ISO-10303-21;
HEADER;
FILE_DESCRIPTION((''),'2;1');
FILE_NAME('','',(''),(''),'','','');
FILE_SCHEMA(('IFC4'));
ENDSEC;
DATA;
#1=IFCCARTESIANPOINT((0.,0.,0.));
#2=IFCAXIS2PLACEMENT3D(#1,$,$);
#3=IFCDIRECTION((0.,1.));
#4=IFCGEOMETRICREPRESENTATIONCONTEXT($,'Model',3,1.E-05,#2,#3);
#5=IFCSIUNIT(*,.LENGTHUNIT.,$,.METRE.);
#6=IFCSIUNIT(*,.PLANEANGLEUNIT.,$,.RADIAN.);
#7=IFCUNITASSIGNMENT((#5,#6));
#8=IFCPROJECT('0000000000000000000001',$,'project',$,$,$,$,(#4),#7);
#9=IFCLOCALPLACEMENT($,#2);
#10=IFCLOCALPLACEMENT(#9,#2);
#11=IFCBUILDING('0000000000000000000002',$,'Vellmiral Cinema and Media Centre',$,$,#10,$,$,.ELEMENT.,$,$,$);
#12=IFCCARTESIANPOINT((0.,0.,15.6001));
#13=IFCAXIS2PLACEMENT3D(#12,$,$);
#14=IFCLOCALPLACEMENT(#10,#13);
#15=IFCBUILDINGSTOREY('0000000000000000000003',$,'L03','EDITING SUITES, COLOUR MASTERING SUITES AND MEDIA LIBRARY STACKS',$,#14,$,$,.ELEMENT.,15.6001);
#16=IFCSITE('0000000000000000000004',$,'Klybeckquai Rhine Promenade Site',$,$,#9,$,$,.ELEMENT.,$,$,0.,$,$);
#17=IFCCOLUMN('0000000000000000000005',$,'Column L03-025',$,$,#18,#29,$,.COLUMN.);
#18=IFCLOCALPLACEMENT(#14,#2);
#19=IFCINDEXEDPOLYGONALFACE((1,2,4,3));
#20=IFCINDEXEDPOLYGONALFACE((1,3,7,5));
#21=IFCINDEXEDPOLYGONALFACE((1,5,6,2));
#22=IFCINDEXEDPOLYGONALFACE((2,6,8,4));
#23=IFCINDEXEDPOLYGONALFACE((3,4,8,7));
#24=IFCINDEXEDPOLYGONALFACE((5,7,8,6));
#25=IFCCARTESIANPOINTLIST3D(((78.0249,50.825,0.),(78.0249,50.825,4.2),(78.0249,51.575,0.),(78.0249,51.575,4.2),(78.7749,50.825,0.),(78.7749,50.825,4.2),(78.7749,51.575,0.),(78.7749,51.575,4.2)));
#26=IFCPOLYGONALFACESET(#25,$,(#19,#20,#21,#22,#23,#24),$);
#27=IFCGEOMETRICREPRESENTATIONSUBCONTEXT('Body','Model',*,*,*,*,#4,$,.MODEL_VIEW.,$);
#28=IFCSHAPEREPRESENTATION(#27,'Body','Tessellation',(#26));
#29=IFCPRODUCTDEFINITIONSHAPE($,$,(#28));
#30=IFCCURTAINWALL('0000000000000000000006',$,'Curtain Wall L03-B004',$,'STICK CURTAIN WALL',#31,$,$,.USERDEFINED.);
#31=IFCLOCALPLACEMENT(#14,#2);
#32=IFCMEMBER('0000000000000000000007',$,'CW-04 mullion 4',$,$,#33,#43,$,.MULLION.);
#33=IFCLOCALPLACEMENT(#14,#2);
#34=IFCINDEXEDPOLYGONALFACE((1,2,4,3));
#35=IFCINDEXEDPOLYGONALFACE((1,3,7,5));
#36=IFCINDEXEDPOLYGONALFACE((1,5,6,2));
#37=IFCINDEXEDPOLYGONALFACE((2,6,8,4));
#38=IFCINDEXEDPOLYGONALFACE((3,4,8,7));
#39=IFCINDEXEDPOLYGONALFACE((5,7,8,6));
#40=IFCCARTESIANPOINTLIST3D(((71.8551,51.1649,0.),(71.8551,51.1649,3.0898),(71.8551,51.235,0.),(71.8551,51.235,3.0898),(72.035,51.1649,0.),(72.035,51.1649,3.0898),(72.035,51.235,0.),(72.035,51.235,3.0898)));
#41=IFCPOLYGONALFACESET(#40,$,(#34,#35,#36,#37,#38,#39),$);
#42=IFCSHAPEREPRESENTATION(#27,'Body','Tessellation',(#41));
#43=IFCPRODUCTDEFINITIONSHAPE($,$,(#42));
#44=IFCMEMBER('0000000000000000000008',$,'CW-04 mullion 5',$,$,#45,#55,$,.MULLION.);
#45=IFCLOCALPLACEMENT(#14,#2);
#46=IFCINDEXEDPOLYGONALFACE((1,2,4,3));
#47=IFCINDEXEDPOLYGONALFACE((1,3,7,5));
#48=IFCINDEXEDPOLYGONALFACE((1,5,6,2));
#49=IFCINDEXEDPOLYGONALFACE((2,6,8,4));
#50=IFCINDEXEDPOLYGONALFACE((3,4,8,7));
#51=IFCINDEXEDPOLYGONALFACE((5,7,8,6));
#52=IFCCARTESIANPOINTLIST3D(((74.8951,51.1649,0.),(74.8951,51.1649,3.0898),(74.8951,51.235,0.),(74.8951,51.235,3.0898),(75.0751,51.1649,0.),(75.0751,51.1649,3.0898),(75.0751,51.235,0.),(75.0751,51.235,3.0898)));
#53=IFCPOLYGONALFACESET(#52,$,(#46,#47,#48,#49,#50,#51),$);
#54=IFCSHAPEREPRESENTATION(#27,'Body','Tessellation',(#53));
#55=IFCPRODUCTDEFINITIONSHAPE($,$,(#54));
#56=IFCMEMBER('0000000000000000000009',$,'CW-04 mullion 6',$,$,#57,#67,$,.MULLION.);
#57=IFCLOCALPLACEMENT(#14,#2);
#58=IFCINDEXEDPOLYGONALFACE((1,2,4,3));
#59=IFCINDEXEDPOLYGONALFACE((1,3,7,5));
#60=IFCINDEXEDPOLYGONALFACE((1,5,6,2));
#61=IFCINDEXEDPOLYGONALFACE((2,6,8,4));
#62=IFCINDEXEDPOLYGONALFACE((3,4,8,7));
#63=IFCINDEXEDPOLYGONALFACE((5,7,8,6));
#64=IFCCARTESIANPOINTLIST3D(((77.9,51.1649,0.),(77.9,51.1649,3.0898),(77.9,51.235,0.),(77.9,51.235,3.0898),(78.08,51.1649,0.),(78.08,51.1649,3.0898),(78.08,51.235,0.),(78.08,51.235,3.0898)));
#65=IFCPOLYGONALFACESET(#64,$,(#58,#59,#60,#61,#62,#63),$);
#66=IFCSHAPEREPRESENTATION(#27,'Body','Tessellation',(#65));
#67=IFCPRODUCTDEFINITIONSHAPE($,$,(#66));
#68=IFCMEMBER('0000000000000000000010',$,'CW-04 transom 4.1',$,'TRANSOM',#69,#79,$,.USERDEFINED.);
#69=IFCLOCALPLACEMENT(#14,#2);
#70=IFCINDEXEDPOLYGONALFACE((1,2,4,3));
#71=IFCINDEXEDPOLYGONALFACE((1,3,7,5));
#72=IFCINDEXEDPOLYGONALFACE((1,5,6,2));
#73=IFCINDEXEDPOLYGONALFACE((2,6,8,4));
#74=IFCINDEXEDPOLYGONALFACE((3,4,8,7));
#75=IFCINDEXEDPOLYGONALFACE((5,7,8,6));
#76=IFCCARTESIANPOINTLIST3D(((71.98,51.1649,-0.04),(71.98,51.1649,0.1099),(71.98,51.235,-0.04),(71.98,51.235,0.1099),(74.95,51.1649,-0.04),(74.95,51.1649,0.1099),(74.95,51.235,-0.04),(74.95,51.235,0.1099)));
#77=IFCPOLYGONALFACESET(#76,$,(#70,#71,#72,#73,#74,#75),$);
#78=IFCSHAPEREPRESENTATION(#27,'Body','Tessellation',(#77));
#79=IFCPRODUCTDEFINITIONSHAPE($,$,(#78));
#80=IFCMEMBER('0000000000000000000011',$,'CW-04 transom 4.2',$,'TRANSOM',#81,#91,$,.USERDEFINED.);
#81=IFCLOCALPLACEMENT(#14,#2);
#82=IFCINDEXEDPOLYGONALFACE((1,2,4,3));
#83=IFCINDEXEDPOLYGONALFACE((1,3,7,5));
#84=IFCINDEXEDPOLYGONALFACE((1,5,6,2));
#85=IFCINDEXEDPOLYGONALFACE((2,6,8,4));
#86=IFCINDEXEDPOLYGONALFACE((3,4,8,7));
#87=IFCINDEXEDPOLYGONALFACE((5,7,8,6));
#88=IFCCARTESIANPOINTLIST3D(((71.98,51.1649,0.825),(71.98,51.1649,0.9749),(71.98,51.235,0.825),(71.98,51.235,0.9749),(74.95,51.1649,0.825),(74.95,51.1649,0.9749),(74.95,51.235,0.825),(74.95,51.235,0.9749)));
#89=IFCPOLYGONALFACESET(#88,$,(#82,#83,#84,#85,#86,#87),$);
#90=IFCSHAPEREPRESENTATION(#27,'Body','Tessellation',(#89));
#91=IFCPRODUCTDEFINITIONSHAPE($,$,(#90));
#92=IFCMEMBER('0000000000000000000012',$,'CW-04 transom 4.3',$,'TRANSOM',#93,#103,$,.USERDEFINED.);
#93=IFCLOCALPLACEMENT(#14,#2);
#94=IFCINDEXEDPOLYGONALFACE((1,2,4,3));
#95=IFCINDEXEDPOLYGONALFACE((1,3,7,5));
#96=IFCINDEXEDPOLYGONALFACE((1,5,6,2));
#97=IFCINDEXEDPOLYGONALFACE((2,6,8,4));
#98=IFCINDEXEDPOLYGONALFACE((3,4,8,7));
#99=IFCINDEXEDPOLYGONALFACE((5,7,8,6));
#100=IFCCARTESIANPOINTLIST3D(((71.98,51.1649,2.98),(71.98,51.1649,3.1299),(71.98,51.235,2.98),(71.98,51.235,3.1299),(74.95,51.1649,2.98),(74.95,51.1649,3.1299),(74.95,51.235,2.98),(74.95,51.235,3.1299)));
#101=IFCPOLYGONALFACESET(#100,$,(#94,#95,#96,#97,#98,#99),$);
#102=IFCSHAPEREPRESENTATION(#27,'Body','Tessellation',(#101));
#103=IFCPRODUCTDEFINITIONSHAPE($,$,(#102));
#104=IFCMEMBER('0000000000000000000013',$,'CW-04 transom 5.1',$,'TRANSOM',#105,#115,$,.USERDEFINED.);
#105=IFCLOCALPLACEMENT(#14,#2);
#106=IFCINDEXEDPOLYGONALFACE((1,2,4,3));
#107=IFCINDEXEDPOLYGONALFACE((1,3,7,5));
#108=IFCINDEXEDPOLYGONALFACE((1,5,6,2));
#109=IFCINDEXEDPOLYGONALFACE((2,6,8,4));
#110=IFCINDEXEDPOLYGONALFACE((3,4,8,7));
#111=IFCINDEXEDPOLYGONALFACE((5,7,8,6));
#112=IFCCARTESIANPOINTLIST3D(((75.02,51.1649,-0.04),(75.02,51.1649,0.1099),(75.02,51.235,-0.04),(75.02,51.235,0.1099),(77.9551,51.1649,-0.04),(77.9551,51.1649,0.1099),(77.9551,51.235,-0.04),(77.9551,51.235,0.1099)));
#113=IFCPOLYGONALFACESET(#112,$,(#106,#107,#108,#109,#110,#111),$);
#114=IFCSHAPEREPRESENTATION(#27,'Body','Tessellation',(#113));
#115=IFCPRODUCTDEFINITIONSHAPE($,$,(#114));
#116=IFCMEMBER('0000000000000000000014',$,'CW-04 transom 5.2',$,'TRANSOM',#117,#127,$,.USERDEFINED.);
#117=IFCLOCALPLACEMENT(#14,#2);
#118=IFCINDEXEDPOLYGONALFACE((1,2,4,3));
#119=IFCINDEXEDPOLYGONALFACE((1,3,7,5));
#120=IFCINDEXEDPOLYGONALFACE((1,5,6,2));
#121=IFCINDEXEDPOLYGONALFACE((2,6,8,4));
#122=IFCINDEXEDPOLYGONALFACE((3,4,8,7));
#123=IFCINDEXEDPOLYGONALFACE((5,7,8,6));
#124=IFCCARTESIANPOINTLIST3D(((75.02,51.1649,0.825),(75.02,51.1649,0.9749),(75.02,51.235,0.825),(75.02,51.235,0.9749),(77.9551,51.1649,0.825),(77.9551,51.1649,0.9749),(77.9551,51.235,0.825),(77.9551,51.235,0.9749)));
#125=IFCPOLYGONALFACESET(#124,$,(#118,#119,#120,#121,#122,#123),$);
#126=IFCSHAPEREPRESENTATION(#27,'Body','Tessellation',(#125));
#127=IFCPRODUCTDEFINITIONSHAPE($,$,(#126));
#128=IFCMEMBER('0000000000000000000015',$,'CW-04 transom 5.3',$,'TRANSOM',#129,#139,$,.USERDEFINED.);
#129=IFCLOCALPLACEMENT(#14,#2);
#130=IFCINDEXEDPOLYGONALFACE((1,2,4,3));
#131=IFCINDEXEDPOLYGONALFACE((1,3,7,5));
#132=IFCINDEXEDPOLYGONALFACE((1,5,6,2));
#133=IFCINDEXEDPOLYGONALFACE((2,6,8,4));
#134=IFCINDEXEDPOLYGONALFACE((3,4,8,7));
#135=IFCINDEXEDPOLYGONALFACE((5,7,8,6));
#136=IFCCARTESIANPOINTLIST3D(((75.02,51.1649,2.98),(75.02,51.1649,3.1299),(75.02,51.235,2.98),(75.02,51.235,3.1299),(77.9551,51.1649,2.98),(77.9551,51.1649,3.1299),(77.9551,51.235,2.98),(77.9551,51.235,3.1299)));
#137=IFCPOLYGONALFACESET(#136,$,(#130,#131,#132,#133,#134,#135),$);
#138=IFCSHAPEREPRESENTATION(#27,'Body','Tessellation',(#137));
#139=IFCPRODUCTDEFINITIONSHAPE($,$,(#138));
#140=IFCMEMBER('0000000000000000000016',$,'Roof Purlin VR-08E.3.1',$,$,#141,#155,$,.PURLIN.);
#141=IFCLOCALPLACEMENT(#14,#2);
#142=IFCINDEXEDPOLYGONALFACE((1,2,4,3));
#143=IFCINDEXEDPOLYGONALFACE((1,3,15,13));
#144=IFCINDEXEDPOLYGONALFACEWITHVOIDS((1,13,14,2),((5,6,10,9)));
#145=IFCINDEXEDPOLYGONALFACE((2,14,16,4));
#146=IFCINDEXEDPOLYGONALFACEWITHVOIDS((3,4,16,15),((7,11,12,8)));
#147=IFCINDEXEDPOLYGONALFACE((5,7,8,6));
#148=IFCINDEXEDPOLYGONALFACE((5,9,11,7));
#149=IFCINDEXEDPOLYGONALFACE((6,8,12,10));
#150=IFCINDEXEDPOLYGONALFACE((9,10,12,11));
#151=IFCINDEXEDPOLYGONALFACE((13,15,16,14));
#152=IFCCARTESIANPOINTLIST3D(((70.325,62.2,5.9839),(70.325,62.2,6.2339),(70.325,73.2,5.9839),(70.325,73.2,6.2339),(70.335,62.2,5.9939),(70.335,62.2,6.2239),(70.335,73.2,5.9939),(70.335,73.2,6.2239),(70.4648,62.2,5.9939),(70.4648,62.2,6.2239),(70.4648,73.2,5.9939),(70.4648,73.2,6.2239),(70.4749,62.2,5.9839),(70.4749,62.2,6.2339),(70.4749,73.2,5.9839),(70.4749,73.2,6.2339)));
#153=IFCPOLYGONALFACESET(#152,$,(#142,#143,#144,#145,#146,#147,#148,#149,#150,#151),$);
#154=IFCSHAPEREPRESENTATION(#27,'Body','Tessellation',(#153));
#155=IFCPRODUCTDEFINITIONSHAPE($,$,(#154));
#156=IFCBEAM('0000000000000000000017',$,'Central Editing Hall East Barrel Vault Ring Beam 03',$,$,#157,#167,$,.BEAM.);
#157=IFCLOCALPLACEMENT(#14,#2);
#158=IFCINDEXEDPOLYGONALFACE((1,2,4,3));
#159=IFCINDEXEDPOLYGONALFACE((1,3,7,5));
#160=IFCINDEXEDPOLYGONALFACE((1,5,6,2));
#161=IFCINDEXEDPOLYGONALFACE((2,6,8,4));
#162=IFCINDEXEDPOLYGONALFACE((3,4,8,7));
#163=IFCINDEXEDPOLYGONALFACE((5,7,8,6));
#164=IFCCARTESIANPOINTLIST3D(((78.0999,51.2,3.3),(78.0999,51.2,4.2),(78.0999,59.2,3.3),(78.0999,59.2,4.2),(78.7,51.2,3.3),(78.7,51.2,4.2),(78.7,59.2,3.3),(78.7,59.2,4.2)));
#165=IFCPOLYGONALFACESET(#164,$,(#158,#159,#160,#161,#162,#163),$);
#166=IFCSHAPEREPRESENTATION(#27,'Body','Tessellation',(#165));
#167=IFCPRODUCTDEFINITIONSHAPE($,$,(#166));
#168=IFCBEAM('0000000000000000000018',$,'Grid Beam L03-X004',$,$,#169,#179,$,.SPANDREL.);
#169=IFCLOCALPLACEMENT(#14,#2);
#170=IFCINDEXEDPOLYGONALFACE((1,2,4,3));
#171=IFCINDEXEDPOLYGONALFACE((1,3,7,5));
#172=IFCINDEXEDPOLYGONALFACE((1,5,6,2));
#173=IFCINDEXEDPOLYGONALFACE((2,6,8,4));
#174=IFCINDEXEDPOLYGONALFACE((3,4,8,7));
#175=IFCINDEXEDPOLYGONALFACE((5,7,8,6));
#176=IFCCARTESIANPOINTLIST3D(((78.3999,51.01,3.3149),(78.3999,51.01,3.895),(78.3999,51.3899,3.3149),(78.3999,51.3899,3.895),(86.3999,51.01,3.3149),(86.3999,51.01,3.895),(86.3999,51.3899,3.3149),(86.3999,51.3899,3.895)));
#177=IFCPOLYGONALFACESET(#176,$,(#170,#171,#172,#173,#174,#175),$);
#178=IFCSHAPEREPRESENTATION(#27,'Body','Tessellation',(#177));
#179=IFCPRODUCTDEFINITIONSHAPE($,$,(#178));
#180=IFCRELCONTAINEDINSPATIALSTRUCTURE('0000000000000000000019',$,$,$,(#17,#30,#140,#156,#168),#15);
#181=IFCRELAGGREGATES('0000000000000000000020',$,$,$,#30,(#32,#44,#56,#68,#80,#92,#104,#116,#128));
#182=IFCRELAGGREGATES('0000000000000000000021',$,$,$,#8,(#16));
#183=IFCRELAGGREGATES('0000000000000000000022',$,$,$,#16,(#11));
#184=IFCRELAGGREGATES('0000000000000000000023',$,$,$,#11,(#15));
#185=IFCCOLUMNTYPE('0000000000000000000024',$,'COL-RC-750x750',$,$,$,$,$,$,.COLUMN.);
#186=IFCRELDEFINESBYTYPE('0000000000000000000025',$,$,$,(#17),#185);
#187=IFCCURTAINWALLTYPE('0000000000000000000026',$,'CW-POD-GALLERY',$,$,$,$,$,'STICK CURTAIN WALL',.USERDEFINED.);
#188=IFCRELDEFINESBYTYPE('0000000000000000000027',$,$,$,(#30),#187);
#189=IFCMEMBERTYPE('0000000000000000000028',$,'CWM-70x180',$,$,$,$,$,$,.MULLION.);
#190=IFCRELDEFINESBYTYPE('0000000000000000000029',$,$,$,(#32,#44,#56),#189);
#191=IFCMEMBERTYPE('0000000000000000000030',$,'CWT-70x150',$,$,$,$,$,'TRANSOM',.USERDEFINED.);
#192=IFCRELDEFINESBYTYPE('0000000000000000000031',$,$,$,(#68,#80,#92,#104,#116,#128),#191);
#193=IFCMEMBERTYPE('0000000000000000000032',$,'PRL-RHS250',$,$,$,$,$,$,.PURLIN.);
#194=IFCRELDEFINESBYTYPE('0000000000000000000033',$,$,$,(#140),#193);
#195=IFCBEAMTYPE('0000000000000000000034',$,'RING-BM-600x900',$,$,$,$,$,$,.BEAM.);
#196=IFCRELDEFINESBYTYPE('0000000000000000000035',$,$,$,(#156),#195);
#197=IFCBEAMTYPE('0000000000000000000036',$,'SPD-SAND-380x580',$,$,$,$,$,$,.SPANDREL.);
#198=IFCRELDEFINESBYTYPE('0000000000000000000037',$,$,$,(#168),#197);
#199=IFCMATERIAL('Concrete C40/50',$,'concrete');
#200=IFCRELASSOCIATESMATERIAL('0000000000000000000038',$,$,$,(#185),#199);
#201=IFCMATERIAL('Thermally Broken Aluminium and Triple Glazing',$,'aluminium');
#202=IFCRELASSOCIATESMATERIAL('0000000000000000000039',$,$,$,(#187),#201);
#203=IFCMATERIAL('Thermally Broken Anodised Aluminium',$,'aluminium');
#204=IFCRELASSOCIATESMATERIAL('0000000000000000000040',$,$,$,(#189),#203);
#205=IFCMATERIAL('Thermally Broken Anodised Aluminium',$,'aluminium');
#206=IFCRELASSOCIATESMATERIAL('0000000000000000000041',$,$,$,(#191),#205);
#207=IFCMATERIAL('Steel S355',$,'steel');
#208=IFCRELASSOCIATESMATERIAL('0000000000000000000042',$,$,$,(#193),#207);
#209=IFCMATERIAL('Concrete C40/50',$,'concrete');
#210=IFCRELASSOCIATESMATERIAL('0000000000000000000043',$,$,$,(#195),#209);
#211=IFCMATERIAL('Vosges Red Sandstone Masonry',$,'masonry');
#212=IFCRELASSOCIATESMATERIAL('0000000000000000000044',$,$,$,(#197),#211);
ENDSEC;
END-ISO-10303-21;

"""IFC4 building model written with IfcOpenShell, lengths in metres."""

from ifc_helpers import new_model, si_unit, direction, frame, origin, origin_2d, place, context, subcontext, project, spatial, rectangle, hollow_rectangle, extrude, material, material_profile, profile_set, type_object, element, aggregate, save


model = new_model("IFC4")

# Units and contexts
model_context = context("Model", 3, precision=1e-05, world=origin(), true_north=direction((0.0, 1.0)))
body_context = subcontext(model_context, "Body", "Model", "MODEL_VIEW")
ifc_project = project(units=[si_unit("LENGTHUNIT", "METRE"), si_unit("PLANEANGLEUNIT", "RADIAN")], contexts=[model_context])

# Site, building, storey
site_placement = place(None, origin())
site = spatial("IfcSite", under=ifc_project, at=site_placement, Name="Klybeckquai Rhine Promenade Site", CompositionType="ELEMENT", RefElevation=0.0)
building_placement = place(site_placement, origin())
building = spatial("IfcBuilding", under=site, at=building_placement, Name="Vellmiral Cinema and Media Centre", CompositionType="ELEMENT")
storey_placement = place(building_placement, frame((0.0, 0.0, 15.6001)))
storey = spatial("IfcBuildingStorey", under=building, at=storey_placement, Name="L03", Description="EDITING SUITES, COLOUR MASTERING SUITES AND MEDIA LIBRARY STACKS", CompositionType="ELEMENT", Elevation=15.6001)

# Column
ifc_material_1 = material(Name="Concrete C40/50", Category="concrete")
ifc_material_profile_1 = material_profile(ifc_material_1, rectangle(XDim=0.75, YDim=0.75, at=origin_2d()), Name="RC 750x750")
ifc_profile_set_1 = profile_set([ifc_material_profile_1], Name="Concrete C40/50")
column_type = type_object("IfcColumnType", Name="COL-RC-750x750", PredefinedType="COLUMN", material=ifc_profile_set_1)
column_placement = place(storey_placement, frame((78.3999, 51.2, 0.0), z_axis=(0.0, 0.0, 1.0), x_axis=(1.0, 0.0, 0.0)))
element("IfcColumn", 1, at=column_placement, inside=storey, type_object=column_type, Name="Column L03-025", PredefinedType="COLUMN", context=body_context, shape_type="SweptSolid", body=[
    extrude(rectangle(XDim=0.75, YDim=0.75, at=origin_2d()), origin(), (0.0, 0.0, 1.0), 4.2),
])

# Curtain wall, members
ifc_material_2 = material(Name="Thermally Broken Aluminium and Triple Glazing", Category="aluminium")
curtain_wall_type = type_object("IfcCurtainWallType", Name="CW-POD-GALLERY", ElementType="STICK CURTAIN WALL", PredefinedType="USERDEFINED", material=ifc_material_2)
curtain_wall_placement = place(storey_placement, origin())
curtain_wall = element("IfcCurtainWall", 2, at=curtain_wall_placement, inside=storey, type_object=curtain_wall_type, Name="Curtain Wall L03-B004", ObjectType="STICK CURTAIN WALL", PredefinedType="USERDEFINED")
ifc_material_3 = material(Name="Thermally Broken Anodised Aluminium", Category="aluminium")
ifc_material_profile_2 = material_profile(ifc_material_3, rectangle(XDim=0.0701, YDim=0.1799, at=origin_2d()), Name="MULL 70x180")
ifc_profile_set_2 = profile_set([ifc_material_profile_2], Name="Thermally Broken Anodised Aluminium")
member_type_1 = type_object("IfcMemberType", Name="CWM-70x180", PredefinedType="MULLION", material=ifc_profile_set_2)
member_1_placement = place(storey_placement, frame((71.9451, 51.2, 0.0), z_axis=(0.0, 0.0, 1.0), x_axis=(0.0, 1.0, 0.0)))
member_1 = element("IfcMember", 3, at=member_1_placement, type_object=member_type_1, Name="CW-04 mullion 4", PredefinedType="MULLION", context=body_context, shape_type="SweptSolid", body=[
    extrude(rectangle(XDim=0.0701, YDim=0.1799, at=origin_2d()), origin(), (0.0, 0.0, 1.0), 3.0898),
])
member_2_placement = place(storey_placement, frame((74.9851, 51.2, 0.0), z_axis=(0.0, 0.0, 1.0), x_axis=(0.0, 1.0, 0.0)))
member_2 = element("IfcMember", 4, at=member_2_placement, type_object=member_type_1, Name="CW-04 mullion 5", PredefinedType="MULLION", context=body_context, shape_type="SweptSolid", body=[
    extrude(rectangle(XDim=0.0701, YDim=0.1799, at=origin_2d()), origin(), (0.0, 0.0, 1.0), 3.0898),
])
member_3_placement = place(storey_placement, frame((77.99, 51.2, 0.0), z_axis=(0.0, 0.0, 1.0), x_axis=(0.0, 1.0, 0.0)))
member_3 = element("IfcMember", 5, at=member_3_placement, type_object=member_type_1, Name="CW-04 mullion 6", PredefinedType="MULLION", context=body_context, shape_type="SweptSolid", body=[
    extrude(rectangle(XDim=0.0701, YDim=0.1799, at=origin_2d()), origin(), (0.0, 0.0, 1.0), 3.0898),
])
ifc_material_4 = material(Name="Thermally Broken Anodised Aluminium", Category="aluminium")
ifc_material_profile_3 = material_profile(ifc_material_4, rectangle(XDim=0.0701, YDim=0.1499, at=origin_2d()), Name="MULL 70x150")
ifc_profile_set_3 = profile_set([ifc_material_profile_3], Name="Thermally Broken Anodised Aluminium")
member_type_2 = type_object("IfcMemberType", Name="CWT-70x150", ElementType="TRANSOM", PredefinedType="USERDEFINED", material=ifc_profile_set_3)
member_4_placement = place(storey_placement, frame((71.98, 51.2, 0.0349), z_axis=(1.0, 0.0, 0.0), x_axis=(0.0, 1.0, 0.0)))
member_4 = element("IfcMember", 6, at=member_4_placement, type_object=member_type_2, Name="CW-04 transom 4.1", ObjectType="TRANSOM", PredefinedType="USERDEFINED", context=body_context, shape_type="SweptSolid", body=[
    extrude(rectangle(XDim=0.0701, YDim=0.1499, at=origin_2d()), origin(), (0.0, 0.0, 1.0), 2.97),
])
member_5_placement = place(storey_placement, frame((71.98, 51.2, 0.8999), z_axis=(1.0, 0.0, 0.0), x_axis=(0.0, 1.0, 0.0)))
member_5 = element("IfcMember", 7, at=member_5_placement, type_object=member_type_2, Name="CW-04 transom 4.2", ObjectType="TRANSOM", PredefinedType="USERDEFINED", context=body_context, shape_type="SweptSolid", body=[
    extrude(rectangle(XDim=0.0701, YDim=0.1499, at=origin_2d()), origin(), (0.0, 0.0, 1.0), 2.97),
])
member_6_placement = place(storey_placement, frame((71.98, 51.2, 3.0549), z_axis=(1.0, 0.0, 0.0), x_axis=(0.0, 1.0, 0.0)))
member_6 = element("IfcMember", 8, at=member_6_placement, type_object=member_type_2, Name="CW-04 transom 4.3", ObjectType="TRANSOM", PredefinedType="USERDEFINED", context=body_context, shape_type="SweptSolid", body=[
    extrude(rectangle(XDim=0.0701, YDim=0.1499, at=origin_2d()), origin(), (0.0, 0.0, 1.0), 2.97),
])
member_7_placement = place(storey_placement, frame((75.02, 51.2, 0.0349), z_axis=(1.0, 0.0, 0.0), x_axis=(0.0, 1.0, 0.0)))
member_7 = element("IfcMember", 9, at=member_7_placement, type_object=member_type_2, Name="CW-04 transom 5.1", ObjectType="TRANSOM", PredefinedType="USERDEFINED", context=body_context, shape_type="SweptSolid", body=[
    extrude(rectangle(XDim=0.0701, YDim=0.1499, at=origin_2d()), origin(), (0.0, 0.0, 1.0), 2.9351),
])
member_8_placement = place(storey_placement, frame((75.02, 51.2, 0.8999), z_axis=(1.0, 0.0, 0.0), x_axis=(0.0, 1.0, 0.0)))
member_8 = element("IfcMember", 10, at=member_8_placement, type_object=member_type_2, Name="CW-04 transom 5.2", ObjectType="TRANSOM", PredefinedType="USERDEFINED", context=body_context, shape_type="SweptSolid", body=[
    extrude(rectangle(XDim=0.0701, YDim=0.1499, at=origin_2d()), origin(), (0.0, 0.0, 1.0), 2.9351),
])
member_9_placement = place(storey_placement, frame((75.02, 51.2, 3.0549), z_axis=(1.0, 0.0, 0.0), x_axis=(0.0, 1.0, 0.0)))
member_9 = element("IfcMember", 11, at=member_9_placement, type_object=member_type_2, Name="CW-04 transom 5.3", ObjectType="TRANSOM", PredefinedType="USERDEFINED", context=body_context, shape_type="SweptSolid", body=[
    extrude(rectangle(XDim=0.0701, YDim=0.1499, at=origin_2d()), origin(), (0.0, 0.0, 1.0), 2.9351),
])

# Member
ifc_material_5 = material(Name="Steel S355", Category="steel")
ifc_material_profile_4 = material_profile(ifc_material_5, hollow_rectangle(XDim=0.1499, YDim=0.25, WallThickness=0.01, at=origin_2d()), Name="RHS 250x150x10.0")
ifc_profile_set_4 = profile_set([ifc_material_profile_4], Name="Steel S355")
member_type_3 = type_object("IfcMemberType", Name="PRL-RHS250", PredefinedType="PURLIN", material=ifc_profile_set_4)
member_10_placement = place(storey_placement, frame((70.3999, 62.2, 6.1089), z_axis=(0.0, 1.0, 0.0), x_axis=(-1.0, 0.0, 0.0)))
element("IfcMember", 12, at=member_10_placement, inside=storey, type_object=member_type_3, Name="Roof Purlin VR-08E.3.1", PredefinedType="PURLIN", context=body_context, shape_type="SweptSolid", body=[
    extrude(hollow_rectangle(XDim=0.1499, YDim=0.25, WallThickness=0.01, at=origin_2d()), origin(), (0.0, 0.0, 1.0), 11.0),
])

# Beams
ifc_material_6 = material(Name="Concrete C40/50", Category="concrete")
ifc_material_profile_5 = material_profile(ifc_material_6, rectangle(XDim=0.6001, YDim=0.8999, at=origin_2d()), Name="RC 600x900")
ifc_profile_set_5 = profile_set([ifc_material_profile_5], Name="Concrete C40/50")
beam_type_1 = type_object("IfcBeamType", Name="RING-BM-600x900", PredefinedType="BEAM", material=ifc_profile_set_5)
beam_1_placement = place(storey_placement, frame((78.3999, 51.2, 3.75), z_axis=(0.0, 1.0, 0.0), x_axis=(-1.0, 0.0, 0.0)))
element("IfcBeam", 13, at=beam_1_placement, inside=storey, type_object=beam_type_1, Name="Central Editing Hall East Barrel Vault Ring Beam 03", PredefinedType="BEAM", context=body_context, shape_type="SweptSolid", body=[
    extrude(rectangle(XDim=0.6001, YDim=0.8999, at=origin_2d()), origin(), (0.0, 0.0, 1.0), 8.0),
])
ifc_material_7 = material(Name="Vosges Red Sandstone Masonry", Category="masonry")
ifc_material_profile_6 = material_profile(ifc_material_7, rectangle(XDim=0.3799, YDim=0.5801, at=origin_2d()), Name="SAND 380x580")
ifc_profile_set_6 = profile_set([ifc_material_profile_6], Name="Vosges Red Sandstone Masonry")
beam_type_2 = type_object("IfcBeamType", Name="SPD-SAND-380x580", PredefinedType="SPANDREL", material=ifc_profile_set_6)
beam_2_placement = place(storey_placement, frame((78.3999, 51.2, 3.605), z_axis=(1.0, 0.0, 0.0), x_axis=(0.0, 1.0, 0.0)))
element("IfcBeam", 14, at=beam_2_placement, inside=storey, type_object=beam_type_2, Name="Grid Beam L03-X004", PredefinedType="SPANDREL", context=body_context, shape_type="SweptSolid", body=[
    extrude(rectangle(XDim=0.3799, YDim=0.5801, at=origin_2d()), origin(), (0.0, 0.0, 1.0), 8.0),
])

aggregate(curtain_wall, [member_1, member_2, member_3, member_4, member_5, member_6, member_7, member_8, member_9])

save(model, "model.ifc")
